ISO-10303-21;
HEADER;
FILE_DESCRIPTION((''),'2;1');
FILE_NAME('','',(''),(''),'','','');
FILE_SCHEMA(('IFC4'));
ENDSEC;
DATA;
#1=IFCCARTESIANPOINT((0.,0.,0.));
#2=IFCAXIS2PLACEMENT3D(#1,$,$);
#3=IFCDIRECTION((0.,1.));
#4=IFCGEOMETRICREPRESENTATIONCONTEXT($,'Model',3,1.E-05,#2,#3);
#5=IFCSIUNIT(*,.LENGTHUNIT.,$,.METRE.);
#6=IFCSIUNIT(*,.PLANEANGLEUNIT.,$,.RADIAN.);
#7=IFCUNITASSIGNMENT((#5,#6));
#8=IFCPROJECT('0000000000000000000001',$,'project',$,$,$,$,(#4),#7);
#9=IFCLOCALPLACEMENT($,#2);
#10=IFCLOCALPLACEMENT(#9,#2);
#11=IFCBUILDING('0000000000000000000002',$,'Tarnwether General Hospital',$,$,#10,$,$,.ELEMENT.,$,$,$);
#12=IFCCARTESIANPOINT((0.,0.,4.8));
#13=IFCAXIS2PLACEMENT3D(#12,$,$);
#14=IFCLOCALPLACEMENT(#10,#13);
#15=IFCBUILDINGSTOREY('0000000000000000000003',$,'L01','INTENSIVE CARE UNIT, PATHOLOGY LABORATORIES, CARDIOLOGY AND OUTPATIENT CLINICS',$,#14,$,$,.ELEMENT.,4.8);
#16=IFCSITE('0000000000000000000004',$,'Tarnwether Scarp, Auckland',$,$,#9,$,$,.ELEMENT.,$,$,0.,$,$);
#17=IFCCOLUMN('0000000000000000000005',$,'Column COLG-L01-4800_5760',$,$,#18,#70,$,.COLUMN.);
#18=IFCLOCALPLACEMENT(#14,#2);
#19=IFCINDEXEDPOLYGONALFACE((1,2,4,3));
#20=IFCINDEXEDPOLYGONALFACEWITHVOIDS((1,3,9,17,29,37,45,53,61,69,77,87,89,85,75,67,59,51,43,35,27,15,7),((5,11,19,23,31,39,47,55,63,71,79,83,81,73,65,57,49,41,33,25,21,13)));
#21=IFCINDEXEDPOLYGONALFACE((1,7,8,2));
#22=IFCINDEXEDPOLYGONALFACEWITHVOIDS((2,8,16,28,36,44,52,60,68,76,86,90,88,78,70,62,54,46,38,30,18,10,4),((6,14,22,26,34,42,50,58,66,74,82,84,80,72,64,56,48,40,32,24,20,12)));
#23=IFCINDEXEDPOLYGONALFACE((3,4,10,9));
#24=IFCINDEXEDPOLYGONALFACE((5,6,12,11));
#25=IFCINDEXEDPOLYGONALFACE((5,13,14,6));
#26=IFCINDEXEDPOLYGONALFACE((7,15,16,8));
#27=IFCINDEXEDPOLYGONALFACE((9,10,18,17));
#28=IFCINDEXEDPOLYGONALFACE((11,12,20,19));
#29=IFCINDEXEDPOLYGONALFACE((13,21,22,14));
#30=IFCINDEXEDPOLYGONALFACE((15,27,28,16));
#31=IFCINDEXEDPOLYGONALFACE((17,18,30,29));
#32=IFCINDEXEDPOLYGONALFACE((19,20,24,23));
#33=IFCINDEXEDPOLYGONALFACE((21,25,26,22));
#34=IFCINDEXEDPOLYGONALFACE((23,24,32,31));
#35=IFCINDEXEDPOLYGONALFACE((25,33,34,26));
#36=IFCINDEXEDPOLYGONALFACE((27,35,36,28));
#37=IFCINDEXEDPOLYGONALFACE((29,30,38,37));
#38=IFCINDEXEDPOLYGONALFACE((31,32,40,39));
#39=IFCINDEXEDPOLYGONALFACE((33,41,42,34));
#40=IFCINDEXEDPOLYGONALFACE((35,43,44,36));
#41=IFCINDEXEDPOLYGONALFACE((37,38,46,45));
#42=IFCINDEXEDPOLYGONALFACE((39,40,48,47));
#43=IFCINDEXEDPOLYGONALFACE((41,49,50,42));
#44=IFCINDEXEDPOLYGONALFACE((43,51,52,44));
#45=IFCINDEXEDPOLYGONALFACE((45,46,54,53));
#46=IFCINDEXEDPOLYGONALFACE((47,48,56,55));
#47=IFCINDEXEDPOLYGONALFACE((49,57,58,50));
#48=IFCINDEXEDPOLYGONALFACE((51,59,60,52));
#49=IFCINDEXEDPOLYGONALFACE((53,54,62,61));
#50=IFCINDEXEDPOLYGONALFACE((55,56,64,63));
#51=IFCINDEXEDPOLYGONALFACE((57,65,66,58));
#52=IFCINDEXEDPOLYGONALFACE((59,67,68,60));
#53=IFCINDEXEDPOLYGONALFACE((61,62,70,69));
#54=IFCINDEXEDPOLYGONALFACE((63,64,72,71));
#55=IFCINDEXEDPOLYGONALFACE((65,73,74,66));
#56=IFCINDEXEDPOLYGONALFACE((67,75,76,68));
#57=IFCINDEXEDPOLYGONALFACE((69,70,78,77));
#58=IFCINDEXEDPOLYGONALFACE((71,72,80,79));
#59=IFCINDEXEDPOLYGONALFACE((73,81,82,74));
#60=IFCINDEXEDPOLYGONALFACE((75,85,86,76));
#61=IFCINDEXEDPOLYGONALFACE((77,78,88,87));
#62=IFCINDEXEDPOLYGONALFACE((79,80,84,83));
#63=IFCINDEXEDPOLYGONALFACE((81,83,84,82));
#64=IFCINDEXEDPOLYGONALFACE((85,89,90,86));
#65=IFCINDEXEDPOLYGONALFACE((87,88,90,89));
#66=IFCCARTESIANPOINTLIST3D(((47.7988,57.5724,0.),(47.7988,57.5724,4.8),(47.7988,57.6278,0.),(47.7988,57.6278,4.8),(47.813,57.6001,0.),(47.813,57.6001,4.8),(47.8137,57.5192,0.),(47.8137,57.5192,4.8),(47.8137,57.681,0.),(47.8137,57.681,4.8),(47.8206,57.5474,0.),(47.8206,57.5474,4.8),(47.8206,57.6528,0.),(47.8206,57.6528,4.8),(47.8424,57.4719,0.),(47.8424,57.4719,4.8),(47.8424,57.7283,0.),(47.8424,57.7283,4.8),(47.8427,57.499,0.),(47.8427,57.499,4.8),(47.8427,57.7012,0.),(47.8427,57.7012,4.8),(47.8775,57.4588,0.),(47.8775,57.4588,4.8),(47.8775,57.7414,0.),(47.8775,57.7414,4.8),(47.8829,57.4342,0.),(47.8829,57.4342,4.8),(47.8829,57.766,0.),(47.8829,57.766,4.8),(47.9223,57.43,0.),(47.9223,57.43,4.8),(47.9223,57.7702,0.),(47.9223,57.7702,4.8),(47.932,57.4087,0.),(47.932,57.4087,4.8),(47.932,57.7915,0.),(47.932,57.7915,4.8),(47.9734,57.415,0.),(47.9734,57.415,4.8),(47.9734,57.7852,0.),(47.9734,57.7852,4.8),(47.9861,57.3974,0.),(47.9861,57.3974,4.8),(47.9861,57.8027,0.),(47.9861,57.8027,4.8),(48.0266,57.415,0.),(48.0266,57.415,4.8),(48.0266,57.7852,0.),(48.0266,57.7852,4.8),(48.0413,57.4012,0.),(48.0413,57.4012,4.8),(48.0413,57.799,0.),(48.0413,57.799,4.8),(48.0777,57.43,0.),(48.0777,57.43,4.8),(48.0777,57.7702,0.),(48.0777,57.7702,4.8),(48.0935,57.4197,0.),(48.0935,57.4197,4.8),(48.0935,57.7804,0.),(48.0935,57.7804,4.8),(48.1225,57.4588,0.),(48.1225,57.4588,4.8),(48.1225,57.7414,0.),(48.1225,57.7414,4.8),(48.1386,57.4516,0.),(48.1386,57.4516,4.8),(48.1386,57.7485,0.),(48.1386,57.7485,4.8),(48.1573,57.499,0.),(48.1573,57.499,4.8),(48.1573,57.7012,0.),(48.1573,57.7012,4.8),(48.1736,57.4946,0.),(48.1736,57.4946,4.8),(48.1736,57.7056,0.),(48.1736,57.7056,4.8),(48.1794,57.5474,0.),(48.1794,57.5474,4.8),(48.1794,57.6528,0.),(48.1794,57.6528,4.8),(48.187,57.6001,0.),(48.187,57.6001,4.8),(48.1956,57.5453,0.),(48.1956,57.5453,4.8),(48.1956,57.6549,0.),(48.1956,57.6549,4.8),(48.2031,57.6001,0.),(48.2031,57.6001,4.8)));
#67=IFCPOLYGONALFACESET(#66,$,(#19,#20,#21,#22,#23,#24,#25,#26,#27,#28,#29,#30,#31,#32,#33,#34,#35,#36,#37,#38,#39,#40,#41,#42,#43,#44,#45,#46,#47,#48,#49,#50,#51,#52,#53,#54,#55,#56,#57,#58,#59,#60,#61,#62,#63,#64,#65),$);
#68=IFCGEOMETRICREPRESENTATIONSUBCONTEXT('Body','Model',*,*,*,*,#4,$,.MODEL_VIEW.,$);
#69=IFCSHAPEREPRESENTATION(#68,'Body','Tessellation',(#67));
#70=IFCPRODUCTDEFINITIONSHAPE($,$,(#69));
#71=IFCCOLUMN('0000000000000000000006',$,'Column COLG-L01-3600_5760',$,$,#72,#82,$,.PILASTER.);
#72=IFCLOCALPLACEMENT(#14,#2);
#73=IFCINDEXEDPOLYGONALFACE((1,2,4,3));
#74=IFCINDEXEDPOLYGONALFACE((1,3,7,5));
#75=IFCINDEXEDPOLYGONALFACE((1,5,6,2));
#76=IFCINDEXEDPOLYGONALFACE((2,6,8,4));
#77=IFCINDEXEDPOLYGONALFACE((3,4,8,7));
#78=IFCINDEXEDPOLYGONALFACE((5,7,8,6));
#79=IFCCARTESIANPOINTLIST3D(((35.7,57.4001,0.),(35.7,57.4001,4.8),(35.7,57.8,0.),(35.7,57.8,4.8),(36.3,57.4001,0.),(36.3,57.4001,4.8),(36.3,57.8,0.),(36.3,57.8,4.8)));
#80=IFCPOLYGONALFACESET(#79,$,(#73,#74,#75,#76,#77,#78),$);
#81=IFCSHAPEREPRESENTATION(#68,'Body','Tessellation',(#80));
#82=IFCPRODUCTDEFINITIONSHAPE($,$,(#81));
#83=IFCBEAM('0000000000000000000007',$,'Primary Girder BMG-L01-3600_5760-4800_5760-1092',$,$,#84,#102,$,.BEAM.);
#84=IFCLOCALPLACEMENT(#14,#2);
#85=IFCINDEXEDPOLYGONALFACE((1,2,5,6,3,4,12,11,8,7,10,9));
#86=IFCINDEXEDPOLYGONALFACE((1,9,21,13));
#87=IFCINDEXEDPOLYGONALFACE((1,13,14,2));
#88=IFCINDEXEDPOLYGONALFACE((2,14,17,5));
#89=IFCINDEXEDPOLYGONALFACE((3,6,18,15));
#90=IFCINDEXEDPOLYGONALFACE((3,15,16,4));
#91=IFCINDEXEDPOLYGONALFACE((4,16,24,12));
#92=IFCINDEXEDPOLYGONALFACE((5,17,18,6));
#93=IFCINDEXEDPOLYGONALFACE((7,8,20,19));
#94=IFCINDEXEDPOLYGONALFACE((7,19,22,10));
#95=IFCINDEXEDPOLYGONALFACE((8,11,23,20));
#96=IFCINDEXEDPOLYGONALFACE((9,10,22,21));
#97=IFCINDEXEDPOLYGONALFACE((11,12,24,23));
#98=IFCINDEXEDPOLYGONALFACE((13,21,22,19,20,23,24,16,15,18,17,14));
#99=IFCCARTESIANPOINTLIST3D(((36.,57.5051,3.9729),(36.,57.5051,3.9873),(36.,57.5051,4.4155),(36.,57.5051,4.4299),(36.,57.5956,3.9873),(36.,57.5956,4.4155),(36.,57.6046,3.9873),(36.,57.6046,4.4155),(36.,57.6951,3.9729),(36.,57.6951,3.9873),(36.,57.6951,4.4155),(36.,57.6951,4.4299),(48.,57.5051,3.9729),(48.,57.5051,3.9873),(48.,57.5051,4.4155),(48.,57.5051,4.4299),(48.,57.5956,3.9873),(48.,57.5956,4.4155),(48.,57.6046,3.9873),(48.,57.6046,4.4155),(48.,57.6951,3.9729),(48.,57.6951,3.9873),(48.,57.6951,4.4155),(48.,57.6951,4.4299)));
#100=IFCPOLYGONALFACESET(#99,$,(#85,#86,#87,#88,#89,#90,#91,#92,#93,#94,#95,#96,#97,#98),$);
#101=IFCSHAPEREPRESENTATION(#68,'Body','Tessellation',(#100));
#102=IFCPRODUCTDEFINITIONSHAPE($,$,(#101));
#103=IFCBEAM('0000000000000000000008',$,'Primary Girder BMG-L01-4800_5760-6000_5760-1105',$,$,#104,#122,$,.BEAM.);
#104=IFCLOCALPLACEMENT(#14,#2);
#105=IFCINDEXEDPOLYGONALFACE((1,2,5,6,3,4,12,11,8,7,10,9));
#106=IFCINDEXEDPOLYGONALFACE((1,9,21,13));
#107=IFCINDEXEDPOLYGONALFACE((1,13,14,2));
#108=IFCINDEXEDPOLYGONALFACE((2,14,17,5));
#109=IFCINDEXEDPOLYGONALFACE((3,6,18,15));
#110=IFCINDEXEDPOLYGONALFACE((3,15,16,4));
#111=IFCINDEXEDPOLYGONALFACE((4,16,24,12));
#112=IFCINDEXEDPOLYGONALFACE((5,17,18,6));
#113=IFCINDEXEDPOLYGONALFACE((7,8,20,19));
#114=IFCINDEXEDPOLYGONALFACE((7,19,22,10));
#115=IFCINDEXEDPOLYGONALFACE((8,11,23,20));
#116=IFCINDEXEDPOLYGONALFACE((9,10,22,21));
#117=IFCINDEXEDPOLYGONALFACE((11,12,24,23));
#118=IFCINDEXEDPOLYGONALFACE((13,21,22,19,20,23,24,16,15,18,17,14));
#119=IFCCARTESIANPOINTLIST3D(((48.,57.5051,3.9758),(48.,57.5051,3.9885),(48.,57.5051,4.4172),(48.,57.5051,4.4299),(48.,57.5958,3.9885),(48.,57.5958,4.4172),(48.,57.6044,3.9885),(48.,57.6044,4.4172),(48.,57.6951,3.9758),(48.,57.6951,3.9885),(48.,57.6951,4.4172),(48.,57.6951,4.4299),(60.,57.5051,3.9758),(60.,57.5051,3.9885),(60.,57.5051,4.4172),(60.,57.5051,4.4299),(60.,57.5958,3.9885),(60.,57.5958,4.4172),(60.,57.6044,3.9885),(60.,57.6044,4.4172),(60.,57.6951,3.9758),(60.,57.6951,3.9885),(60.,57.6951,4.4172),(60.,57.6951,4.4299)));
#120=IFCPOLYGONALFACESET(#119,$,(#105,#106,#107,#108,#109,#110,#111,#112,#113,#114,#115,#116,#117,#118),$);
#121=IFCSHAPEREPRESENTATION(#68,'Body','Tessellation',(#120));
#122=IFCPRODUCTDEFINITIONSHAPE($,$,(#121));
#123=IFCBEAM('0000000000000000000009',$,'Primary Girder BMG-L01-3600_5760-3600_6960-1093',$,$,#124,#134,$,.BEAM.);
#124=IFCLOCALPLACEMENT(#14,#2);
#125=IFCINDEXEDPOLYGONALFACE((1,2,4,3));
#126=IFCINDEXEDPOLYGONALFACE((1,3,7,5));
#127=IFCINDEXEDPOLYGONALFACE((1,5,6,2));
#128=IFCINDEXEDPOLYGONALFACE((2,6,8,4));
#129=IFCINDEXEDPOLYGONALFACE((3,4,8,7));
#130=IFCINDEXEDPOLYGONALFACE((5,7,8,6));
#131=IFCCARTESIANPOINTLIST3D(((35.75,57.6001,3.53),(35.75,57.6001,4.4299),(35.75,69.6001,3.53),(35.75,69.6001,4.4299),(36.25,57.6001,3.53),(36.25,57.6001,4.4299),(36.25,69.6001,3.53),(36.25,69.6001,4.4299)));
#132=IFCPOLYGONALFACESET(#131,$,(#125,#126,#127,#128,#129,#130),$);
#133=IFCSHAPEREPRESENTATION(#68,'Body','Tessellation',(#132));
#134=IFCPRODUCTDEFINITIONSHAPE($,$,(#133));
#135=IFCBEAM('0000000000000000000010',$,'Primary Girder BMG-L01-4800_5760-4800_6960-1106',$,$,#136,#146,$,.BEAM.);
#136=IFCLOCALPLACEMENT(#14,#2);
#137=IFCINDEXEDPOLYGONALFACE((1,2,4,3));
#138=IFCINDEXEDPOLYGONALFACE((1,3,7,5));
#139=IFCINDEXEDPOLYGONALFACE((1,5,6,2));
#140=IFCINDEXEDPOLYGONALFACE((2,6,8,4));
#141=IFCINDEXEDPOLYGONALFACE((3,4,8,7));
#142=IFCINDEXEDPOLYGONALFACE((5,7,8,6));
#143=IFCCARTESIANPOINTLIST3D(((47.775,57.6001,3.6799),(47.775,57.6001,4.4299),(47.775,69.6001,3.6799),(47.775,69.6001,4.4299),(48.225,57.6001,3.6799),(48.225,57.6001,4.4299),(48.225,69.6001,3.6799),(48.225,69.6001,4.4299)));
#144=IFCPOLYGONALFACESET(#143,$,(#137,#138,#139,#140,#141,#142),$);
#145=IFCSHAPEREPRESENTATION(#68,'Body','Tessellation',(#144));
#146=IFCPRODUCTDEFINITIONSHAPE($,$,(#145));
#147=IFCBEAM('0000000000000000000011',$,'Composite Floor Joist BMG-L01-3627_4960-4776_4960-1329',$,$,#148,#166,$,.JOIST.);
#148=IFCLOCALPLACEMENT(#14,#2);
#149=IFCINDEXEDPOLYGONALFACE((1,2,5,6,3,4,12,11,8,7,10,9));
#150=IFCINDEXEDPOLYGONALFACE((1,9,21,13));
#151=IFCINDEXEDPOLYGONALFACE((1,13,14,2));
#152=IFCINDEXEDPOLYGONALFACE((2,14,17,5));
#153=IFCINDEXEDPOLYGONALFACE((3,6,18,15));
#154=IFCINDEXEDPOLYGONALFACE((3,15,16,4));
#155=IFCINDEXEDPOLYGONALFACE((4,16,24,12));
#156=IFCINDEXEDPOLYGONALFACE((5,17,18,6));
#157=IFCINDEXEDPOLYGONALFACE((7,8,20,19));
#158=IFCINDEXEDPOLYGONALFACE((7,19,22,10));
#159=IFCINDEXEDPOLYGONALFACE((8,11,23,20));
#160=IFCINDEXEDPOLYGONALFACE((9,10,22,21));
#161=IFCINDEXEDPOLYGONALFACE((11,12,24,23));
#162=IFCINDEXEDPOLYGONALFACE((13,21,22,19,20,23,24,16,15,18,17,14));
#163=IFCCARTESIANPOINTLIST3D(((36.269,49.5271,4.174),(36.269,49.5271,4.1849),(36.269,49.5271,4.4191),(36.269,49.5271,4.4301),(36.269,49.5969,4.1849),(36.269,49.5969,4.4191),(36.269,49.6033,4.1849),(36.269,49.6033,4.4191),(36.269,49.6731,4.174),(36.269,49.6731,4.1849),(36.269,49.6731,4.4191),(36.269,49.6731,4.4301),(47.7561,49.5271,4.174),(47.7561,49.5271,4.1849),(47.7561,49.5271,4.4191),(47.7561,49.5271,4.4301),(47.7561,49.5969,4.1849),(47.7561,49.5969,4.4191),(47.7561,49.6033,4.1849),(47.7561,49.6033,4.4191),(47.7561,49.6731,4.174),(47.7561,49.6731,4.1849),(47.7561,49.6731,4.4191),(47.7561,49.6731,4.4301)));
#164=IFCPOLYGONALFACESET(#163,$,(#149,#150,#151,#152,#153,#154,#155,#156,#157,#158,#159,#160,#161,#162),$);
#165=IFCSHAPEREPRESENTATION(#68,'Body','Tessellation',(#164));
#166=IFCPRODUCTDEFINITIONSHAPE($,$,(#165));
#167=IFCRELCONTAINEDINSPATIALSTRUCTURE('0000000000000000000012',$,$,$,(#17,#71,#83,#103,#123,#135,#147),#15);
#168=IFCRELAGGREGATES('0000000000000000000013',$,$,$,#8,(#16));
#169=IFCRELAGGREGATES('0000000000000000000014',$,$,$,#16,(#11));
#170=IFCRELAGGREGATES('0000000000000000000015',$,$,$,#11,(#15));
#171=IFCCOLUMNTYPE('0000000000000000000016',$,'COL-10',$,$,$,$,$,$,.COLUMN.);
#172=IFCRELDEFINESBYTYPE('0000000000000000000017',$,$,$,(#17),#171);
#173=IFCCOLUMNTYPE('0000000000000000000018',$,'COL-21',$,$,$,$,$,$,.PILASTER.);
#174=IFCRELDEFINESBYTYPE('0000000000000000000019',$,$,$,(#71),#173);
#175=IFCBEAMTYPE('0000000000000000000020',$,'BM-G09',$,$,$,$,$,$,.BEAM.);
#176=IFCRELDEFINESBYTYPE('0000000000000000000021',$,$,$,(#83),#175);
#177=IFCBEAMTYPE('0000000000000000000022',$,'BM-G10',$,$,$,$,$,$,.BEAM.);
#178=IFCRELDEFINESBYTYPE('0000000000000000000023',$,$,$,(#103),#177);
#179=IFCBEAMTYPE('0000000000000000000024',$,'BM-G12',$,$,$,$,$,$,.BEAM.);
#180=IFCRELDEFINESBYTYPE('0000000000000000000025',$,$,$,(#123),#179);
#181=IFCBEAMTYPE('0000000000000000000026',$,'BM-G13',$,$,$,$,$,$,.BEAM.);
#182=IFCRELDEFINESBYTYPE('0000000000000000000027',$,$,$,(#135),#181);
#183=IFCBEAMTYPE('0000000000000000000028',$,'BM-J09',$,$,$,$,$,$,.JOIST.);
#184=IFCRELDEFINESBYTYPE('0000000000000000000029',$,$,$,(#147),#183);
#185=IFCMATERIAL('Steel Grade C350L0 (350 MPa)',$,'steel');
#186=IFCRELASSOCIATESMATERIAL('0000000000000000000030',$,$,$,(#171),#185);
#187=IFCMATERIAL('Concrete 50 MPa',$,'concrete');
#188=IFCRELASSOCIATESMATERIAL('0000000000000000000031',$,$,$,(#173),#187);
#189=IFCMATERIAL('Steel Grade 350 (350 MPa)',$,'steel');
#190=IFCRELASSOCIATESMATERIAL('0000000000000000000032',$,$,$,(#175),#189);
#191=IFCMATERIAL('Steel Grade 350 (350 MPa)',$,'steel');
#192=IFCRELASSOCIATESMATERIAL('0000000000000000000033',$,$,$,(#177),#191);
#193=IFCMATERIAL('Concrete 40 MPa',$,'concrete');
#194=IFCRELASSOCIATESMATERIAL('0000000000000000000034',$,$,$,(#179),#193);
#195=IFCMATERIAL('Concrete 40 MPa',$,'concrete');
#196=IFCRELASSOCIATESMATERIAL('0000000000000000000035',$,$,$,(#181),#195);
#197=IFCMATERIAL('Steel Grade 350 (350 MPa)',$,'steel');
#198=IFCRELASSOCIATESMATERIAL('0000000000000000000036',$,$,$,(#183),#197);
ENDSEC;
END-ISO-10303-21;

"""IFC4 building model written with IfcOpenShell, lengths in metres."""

from ifc_helpers import new_model, si_unit, direction, frame, origin, origin_2d, place, context, subcontext, project, spatial, rectangle, hollow_circle, i_section, extrude, material, material_profile, profile_set, type_object, element, save


model = new_model("IFC4")

# Units and contexts
model_context = context("Model", 3, precision=1e-05, world=origin(), true_north=direction((0.0, 1.0)))
body_context = subcontext(model_context, "Body", "Model", "MODEL_VIEW")
ifc_project = project(units=[si_unit("LENGTHUNIT", "METRE"), si_unit("PLANEANGLEUNIT", "RADIAN")], contexts=[model_context])

# Site, building, storey
site_placement = place(None, origin())
site = spatial("IfcSite", under=ifc_project, at=site_placement, Name="Tarnwether Scarp, Auckland", CompositionType="ELEMENT", RefElevation=0.0)
building_placement = place(site_placement, origin())
building = spatial("IfcBuilding", under=site, at=building_placement, Name="Tarnwether General Hospital", CompositionType="ELEMENT")
storey_placement = place(building_placement, frame((0.0, 0.0, 4.8)))
storey = spatial("IfcBuildingStorey", under=building, at=storey_placement, Name="L01", Description="INTENSIVE CARE UNIT, PATHOLOGY LABORATORIES, CARDIOLOGY AND OUTPATIENT CLINICS", CompositionType="ELEMENT", Elevation=4.8)

# Columns
ifc_material_1 = material(Name="Steel Grade C350L0 (350 MPa)", Category="steel")
ifc_material_profile_1 = material_profile(ifc_material_1, hollow_circle(Radius=0.2031, WallThickness=0.0161, at=origin_2d()), Name="CHS406.4x16.0")
ifc_profile_set_1 = profile_set([ifc_material_profile_1], Name="Steel Grade C350L0 (350 MPa)")
column_type_1 = type_object("IfcColumnType", Name="COL-10", PredefinedType="COLUMN", material=ifc_profile_set_1)
column_1_placement = place(storey_placement, frame((48.0, 57.6001, 0.0), z_axis=(0.0, 0.0, 1.0), x_axis=(1.0, 0.0, 0.0)))
element("IfcColumn", 1, at=column_1_placement, inside=storey, type_object=column_type_1, Name="Column COLG-L01-4800_5760", PredefinedType="COLUMN", context=body_context, shape_type="SweptSolid", body=[
    extrude(hollow_circle(Radius=0.2031, WallThickness=0.0161, at=origin_2d()), origin(), (0.0, 0.0, 1.0), 4.8),
])
ifc_material_2 = material(Name="Concrete 50 MPa", Category="concrete")
ifc_material_profile_2 = material_profile(ifc_material_2, rectangle(XDim=0.3999, YDim=0.6001, at=origin_2d()), Name="RC-PIL-400x600")
ifc_profile_set_2 = profile_set([ifc_material_profile_2], Name="Concrete 50 MPa")
column_type_2 = type_object("IfcColumnType", Name="COL-21", PredefinedType="PILASTER", material=ifc_profile_set_2)
column_2_placement = place(storey_placement, frame((36.0, 57.6001, 0.0), z_axis=(0.0, 0.0, 1.0), x_axis=(0.0, 1.0, 0.0)))
element("IfcColumn", 2, at=column_2_placement, inside=storey, type_object=column_type_2, Name="Column COLG-L01-3600_5760", PredefinedType="PILASTER", context=body_context, shape_type="SweptSolid", body=[
    extrude(rectangle(XDim=0.3999, YDim=0.6001, at=origin_2d()), origin(), (0.0, 0.0, 1.0), 4.8),
])

# Beams
ifc_material_3 = material(Name="Steel Grade 350 (350 MPa)", Category="steel")
ifc_material_profile_3 = material_profile(ifc_material_3, i_section(OverallWidth=0.1899, OverallDepth=0.457, WebThickness=0.009, FlangeThickness=0.0144, at=origin_2d()), Name="460UB74.6")
ifc_profile_set_3 = profile_set([ifc_material_profile_3], Name="Steel Grade 350 (350 MPa)")
beam_type_1 = type_object("IfcBeamType", Name="BM-G09", PredefinedType="BEAM", material=ifc_profile_set_3)
beam_1_placement = place(storey_placement, frame((36.0, 57.6001, 4.2014), z_axis=(1.0, 0.0, 0.0), x_axis=(0.0, 1.0, 0.0)))
element("IfcBeam", 3, at=beam_1_placement, inside=storey, type_object=beam_type_1, Name="Primary Girder BMG-L01-3600_5760-4800_5760-1092", PredefinedType="BEAM", context=body_context, shape_type="SweptSolid", body=[
    extrude(i_section(OverallWidth=0.1899, OverallDepth=0.457, WebThickness=0.009, FlangeThickness=0.0144, at=origin_2d()), origin(), (0.0, 0.0, 1.0), 12.0),
])
ifc_material_4 = material(Name="Steel Grade 350 (350 MPa)", Category="steel")
ifc_material_profile_4 = material_profile(ifc_material_4, i_section(OverallWidth=0.1899, OverallDepth=0.4541, WebThickness=0.0085, FlangeThickness=0.0127, at=origin_2d()), Name="460UB67.1")
ifc_profile_set_4 = profile_set([ifc_material_profile_4], Name="Steel Grade 350 (350 MPa)")
beam_type_2 = type_object("IfcBeamType", Name="BM-G10", PredefinedType="BEAM", material=ifc_profile_set_4)
beam_2_placement = place(storey_placement, frame((48.0, 57.6001, 4.2029), z_axis=(1.0, 0.0, 0.0), x_axis=(0.0, 1.0, 0.0)))
element("IfcBeam", 4, at=beam_2_placement, inside=storey, type_object=beam_type_2, Name="Primary Girder BMG-L01-4800_5760-6000_5760-1105", PredefinedType="BEAM", context=body_context, shape_type="SweptSolid", body=[
    extrude(i_section(OverallWidth=0.1899, OverallDepth=0.4541, WebThickness=0.0085, FlangeThickness=0.0127, at=origin_2d()), origin(), (0.0, 0.0, 1.0), 12.0),
])
ifc_material_5 = material(Name="Concrete 40 MPa", Category="concrete")
ifc_material_profile_5 = material_profile(ifc_material_5, rectangle(XDim=0.5, YDim=0.8999, at=origin_2d()), Name="RC-BM-500x900")
ifc_profile_set_5 = profile_set([ifc_material_profile_5], Name="Concrete 40 MPa")
beam_type_3 = type_object("IfcBeamType", Name="BM-G12", PredefinedType="BEAM", material=ifc_profile_set_5)
beam_3_placement = place(storey_placement, frame((36.0, 57.6001, 3.98), z_axis=(0.0, 1.0, 0.0), x_axis=(-1.0, 0.0, 0.0)))
element("IfcBeam", 5, at=beam_3_placement, inside=storey, type_object=beam_type_3, Name="Primary Girder BMG-L01-3600_5760-3600_6960-1093", PredefinedType="BEAM", context=body_context, shape_type="SweptSolid", body=[
    extrude(rectangle(XDim=0.5, YDim=0.8999, at=origin_2d()), origin(), (0.0, 0.0, 1.0), 12.0),
])
ifc_material_6 = material(Name="Concrete 40 MPa", Category="concrete")
ifc_material_profile_6 = material_profile(ifc_material_6, rectangle(XDim=0.45, YDim=0.75, at=origin_2d()), Name="RC-BM-450x750")
ifc_profile_set_6 = profile_set([ifc_material_profile_6], Name="Concrete 40 MPa")
beam_type_4 = type_object("IfcBeamType", Name="BM-G13", PredefinedType="BEAM", material=ifc_profile_set_6)
beam_4_placement = place(storey_placement, frame((48.0, 57.6001, 4.0549), z_axis=(0.0, 1.0, 0.0), x_axis=(-1.0, 0.0, 0.0)))
element("IfcBeam", 6, at=beam_4_placement, inside=storey, type_object=beam_type_4, Name="Primary Girder BMG-L01-4800_5760-4800_6960-1106", PredefinedType="BEAM", context=body_context, shape_type="SweptSolid", body=[
    extrude(rectangle(XDim=0.45, YDim=0.75, at=origin_2d()), origin(), (0.0, 0.0, 1.0), 12.0),
])
ifc_material_7 = material(Name="Steel Grade 350 (350 MPa)", Category="steel")
ifc_material_profile_7 = material_profile(ifc_material_7, i_section(OverallWidth=0.146, OverallDepth=0.2561, WebThickness=0.0063, FlangeThickness=0.011, at=origin_2d()), Name="250UB37.3")
ifc_profile_set_7 = profile_set([ifc_material_profile_7], Name="Steel Grade 350 (350 MPa)")
beam_type_5 = type_object("IfcBeamType", Name="BM-J09", PredefinedType="JOIST", material=ifc_profile_set_7)
beam_5_placement = place(storey_placement, frame((36.269, 49.6001, 4.302), z_axis=(1.0, 0.0, 0.0), x_axis=(0.0, 1.0, 0.0)))
element("IfcBeam", 7, at=beam_5_placement, inside=storey, type_object=beam_type_5, Name="Composite Floor Joist BMG-L01-3627_4960-4776_4960-1329", PredefinedType="JOIST", context=body_context, shape_type="SweptSolid", body=[
    extrude(i_section(OverallWidth=0.146, OverallDepth=0.2561, WebThickness=0.0063, FlangeThickness=0.011, at=origin_2d()), origin(), (0.0, 0.0, 1.0), 11.4871),
])

save(model, "model.ifc")
